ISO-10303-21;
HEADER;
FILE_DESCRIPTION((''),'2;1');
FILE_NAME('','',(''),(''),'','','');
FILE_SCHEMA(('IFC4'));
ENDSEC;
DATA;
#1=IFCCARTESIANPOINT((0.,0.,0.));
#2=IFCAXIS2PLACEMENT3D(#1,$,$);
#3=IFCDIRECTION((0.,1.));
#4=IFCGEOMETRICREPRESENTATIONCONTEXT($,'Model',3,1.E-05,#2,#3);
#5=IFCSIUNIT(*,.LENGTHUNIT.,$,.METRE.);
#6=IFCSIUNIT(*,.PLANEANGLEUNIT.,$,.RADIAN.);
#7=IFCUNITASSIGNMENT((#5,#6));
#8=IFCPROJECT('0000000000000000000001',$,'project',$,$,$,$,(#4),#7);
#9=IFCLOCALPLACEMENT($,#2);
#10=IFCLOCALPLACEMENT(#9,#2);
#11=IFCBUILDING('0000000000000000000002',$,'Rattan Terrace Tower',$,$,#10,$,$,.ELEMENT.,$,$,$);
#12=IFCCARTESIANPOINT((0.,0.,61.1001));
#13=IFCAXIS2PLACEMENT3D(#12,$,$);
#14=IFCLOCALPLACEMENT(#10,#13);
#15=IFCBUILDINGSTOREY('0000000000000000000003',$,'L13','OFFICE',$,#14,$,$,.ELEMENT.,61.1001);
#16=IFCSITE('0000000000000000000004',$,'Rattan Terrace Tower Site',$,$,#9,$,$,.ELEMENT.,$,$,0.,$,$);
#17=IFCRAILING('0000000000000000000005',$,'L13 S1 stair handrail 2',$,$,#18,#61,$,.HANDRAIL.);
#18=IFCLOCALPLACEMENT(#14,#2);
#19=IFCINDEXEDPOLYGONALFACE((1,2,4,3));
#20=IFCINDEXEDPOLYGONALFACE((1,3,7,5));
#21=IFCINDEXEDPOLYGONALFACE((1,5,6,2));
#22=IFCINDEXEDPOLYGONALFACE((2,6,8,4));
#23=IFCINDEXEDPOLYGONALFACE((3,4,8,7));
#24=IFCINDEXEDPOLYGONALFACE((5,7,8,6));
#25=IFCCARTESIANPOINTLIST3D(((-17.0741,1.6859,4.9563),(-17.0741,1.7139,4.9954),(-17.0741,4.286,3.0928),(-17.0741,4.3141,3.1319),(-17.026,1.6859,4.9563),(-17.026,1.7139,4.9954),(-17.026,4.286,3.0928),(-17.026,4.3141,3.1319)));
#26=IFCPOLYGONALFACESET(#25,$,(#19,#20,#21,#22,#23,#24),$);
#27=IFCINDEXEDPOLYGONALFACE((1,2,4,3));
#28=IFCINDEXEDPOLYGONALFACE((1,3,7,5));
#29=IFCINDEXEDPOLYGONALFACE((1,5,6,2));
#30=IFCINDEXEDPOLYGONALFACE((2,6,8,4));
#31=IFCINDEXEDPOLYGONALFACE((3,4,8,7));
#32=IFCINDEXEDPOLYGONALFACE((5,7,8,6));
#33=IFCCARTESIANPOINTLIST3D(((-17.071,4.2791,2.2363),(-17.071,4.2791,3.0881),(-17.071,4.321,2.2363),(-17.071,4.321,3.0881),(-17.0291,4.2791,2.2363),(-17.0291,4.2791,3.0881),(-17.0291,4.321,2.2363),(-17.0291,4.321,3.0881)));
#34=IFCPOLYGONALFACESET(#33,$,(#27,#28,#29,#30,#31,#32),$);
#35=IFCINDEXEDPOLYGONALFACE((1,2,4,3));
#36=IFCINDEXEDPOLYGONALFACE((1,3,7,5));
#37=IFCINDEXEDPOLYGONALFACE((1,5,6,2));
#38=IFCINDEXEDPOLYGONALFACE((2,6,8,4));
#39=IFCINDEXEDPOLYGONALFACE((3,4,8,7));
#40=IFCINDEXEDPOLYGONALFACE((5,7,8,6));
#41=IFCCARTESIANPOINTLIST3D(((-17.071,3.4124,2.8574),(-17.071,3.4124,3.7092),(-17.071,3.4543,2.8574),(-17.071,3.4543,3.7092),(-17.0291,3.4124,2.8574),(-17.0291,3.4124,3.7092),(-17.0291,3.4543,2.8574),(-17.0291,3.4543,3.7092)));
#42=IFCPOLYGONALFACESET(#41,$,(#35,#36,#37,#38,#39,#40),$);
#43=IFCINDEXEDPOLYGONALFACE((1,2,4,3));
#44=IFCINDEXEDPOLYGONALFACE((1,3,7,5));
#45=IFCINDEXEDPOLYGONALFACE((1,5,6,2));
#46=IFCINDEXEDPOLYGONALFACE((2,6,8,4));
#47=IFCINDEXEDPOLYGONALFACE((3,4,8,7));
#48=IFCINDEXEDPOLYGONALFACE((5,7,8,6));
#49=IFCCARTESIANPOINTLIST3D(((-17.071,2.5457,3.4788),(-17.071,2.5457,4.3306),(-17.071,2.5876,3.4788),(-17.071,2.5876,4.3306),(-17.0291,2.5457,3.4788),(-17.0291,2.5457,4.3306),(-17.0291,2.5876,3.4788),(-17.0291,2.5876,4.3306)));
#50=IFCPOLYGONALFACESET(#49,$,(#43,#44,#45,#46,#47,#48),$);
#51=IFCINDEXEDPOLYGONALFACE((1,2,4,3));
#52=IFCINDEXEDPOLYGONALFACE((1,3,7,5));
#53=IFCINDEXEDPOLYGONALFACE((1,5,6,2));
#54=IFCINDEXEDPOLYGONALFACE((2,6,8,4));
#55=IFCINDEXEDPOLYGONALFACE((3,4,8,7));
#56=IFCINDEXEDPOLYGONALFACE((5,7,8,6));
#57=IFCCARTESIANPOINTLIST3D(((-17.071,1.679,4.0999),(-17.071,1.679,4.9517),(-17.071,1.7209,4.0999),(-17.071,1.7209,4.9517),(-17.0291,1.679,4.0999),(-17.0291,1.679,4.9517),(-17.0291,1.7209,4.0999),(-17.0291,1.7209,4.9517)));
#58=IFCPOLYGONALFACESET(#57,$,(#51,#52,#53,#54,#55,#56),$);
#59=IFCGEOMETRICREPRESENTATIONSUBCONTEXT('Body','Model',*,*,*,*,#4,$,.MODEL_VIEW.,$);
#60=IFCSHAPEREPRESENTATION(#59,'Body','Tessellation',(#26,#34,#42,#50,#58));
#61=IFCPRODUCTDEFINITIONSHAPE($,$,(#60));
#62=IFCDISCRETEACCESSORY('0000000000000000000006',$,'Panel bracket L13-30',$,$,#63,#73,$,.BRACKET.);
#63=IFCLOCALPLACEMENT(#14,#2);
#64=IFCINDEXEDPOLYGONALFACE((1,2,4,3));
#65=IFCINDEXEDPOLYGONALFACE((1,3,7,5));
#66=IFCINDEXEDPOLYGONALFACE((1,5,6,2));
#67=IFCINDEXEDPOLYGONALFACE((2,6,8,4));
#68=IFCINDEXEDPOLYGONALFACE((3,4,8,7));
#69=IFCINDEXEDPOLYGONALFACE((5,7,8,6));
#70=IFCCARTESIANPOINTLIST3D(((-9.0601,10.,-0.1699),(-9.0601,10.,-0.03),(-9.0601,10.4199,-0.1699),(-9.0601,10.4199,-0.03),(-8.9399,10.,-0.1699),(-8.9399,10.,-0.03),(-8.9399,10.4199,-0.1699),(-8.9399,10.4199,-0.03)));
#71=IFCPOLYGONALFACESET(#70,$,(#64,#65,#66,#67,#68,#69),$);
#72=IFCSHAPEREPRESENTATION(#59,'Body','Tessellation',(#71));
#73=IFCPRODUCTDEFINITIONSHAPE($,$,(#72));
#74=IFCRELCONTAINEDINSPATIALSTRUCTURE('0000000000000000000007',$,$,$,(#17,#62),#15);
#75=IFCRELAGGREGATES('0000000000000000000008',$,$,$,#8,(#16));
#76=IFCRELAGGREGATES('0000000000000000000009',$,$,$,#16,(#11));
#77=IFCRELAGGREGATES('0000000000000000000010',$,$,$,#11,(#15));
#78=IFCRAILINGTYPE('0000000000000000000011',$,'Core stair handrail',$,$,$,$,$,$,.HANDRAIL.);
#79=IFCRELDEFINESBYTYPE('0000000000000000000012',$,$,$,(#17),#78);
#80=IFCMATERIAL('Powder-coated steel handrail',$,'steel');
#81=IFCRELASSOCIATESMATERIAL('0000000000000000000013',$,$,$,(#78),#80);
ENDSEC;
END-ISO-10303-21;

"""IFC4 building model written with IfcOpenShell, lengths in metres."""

from ifc_helpers import new_model, si_unit, direction, frame, origin, origin_2d, place, context, subcontext, project, spatial, rectangle, extrude, material, type_object, element, save


model = new_model("IFC4")

# Units and contexts
model_context = context("Model", 3, precision=1e-05, world=origin(), true_north=direction((0.0, 1.0)))
body_context = subcontext(model_context, "Body", "Model", "MODEL_VIEW")
ifc_project = project(units=[si_unit("LENGTHUNIT", "METRE"), si_unit("PLANEANGLEUNIT", "RADIAN")], contexts=[model_context])

# Site, building, storey
site_placement = place(None, origin())
site = spatial("IfcSite", under=ifc_project, at=site_placement, Name="Rattan Terrace Tower Site", CompositionType="ELEMENT", RefElevation=0.0)
building_placement = place(site_placement, origin())
building = spatial("IfcBuilding", under=site, at=building_placement, Name="Rattan Terrace Tower", CompositionType="ELEMENT")
storey_placement = place(building_placement, frame((0.0, 0.0, 61.1001)))
storey = spatial("IfcBuildingStorey", under=building, at=storey_placement, Name="L13", Description="OFFICE", CompositionType="ELEMENT", Elevation=61.1001)

# Railing
ifc_material_1 = material(Name="Powder-coated steel handrail", Category="steel")
railing_type_1 = type_object("IfcRailingType", Name="Core stair handrail", PredefinedType="HANDRAIL", material=ifc_material_1)
railing_1_placement = place(storey_placement, frame((-17.05, 4.3, 2.2363)))
element("IfcRailing", 1, at=railing_1_placement, inside=storey, type_object=railing_type_1, Name="L13 S1 stair handrail 2", PredefinedType="HANDRAIL", context=body_context, shape_type="SweptSolid", body=[
    extrude(rectangle(XDim=0.0481, YDim=0.0481, at=origin_2d()), frame((0.0, 0.0, 0.876), z_axis=(0.0, -0.812799, 0.582544), x_axis=(1.0, 0.0, 0.0)), (0.0, 0.0, 1.0), 3.199),
    extrude(rectangle(XDim=0.042, YDim=0.042, at=origin_2d()), origin(), (0.0, 0.0, 1.0), 0.8518),
    extrude(rectangle(XDim=0.042, YDim=0.042, at=origin_2d()), frame((0.0, -0.8667, 0.6211)), (0.0, 0.0, 1.0), 0.8518),
    extrude(rectangle(XDim=0.042, YDim=0.042, at=origin_2d()), frame((0.0, -1.7334, 1.2424)), (0.0, 0.0, 1.0), 0.8518),
    extrude(rectangle(XDim=0.042, YDim=0.042, at=origin_2d()), frame((0.0, -2.6001, 1.8635)), (0.0, 0.0, 1.0), 0.8518),
])

# Discrete accessory
discrete_accessory_placement = place(storey_placement, frame((-9.0, 10.21, -0.1699), z_axis=(0.0, 0.0, 1.0), x_axis=(-1.0, 0.0, 0.0)))
element("IfcDiscreteAccessory", 2, at=discrete_accessory_placement, inside=storey, Name="Panel bracket L13-30", PredefinedType="BRACKET", context=body_context, shape_type="SweptSolid", body=[
    extrude(rectangle(XDim=0.1201, YDim=0.4199, at=origin_2d()), origin(), (0.0, 0.0, 1.0), 0.1399),
])

save(model, "model.ifc")
